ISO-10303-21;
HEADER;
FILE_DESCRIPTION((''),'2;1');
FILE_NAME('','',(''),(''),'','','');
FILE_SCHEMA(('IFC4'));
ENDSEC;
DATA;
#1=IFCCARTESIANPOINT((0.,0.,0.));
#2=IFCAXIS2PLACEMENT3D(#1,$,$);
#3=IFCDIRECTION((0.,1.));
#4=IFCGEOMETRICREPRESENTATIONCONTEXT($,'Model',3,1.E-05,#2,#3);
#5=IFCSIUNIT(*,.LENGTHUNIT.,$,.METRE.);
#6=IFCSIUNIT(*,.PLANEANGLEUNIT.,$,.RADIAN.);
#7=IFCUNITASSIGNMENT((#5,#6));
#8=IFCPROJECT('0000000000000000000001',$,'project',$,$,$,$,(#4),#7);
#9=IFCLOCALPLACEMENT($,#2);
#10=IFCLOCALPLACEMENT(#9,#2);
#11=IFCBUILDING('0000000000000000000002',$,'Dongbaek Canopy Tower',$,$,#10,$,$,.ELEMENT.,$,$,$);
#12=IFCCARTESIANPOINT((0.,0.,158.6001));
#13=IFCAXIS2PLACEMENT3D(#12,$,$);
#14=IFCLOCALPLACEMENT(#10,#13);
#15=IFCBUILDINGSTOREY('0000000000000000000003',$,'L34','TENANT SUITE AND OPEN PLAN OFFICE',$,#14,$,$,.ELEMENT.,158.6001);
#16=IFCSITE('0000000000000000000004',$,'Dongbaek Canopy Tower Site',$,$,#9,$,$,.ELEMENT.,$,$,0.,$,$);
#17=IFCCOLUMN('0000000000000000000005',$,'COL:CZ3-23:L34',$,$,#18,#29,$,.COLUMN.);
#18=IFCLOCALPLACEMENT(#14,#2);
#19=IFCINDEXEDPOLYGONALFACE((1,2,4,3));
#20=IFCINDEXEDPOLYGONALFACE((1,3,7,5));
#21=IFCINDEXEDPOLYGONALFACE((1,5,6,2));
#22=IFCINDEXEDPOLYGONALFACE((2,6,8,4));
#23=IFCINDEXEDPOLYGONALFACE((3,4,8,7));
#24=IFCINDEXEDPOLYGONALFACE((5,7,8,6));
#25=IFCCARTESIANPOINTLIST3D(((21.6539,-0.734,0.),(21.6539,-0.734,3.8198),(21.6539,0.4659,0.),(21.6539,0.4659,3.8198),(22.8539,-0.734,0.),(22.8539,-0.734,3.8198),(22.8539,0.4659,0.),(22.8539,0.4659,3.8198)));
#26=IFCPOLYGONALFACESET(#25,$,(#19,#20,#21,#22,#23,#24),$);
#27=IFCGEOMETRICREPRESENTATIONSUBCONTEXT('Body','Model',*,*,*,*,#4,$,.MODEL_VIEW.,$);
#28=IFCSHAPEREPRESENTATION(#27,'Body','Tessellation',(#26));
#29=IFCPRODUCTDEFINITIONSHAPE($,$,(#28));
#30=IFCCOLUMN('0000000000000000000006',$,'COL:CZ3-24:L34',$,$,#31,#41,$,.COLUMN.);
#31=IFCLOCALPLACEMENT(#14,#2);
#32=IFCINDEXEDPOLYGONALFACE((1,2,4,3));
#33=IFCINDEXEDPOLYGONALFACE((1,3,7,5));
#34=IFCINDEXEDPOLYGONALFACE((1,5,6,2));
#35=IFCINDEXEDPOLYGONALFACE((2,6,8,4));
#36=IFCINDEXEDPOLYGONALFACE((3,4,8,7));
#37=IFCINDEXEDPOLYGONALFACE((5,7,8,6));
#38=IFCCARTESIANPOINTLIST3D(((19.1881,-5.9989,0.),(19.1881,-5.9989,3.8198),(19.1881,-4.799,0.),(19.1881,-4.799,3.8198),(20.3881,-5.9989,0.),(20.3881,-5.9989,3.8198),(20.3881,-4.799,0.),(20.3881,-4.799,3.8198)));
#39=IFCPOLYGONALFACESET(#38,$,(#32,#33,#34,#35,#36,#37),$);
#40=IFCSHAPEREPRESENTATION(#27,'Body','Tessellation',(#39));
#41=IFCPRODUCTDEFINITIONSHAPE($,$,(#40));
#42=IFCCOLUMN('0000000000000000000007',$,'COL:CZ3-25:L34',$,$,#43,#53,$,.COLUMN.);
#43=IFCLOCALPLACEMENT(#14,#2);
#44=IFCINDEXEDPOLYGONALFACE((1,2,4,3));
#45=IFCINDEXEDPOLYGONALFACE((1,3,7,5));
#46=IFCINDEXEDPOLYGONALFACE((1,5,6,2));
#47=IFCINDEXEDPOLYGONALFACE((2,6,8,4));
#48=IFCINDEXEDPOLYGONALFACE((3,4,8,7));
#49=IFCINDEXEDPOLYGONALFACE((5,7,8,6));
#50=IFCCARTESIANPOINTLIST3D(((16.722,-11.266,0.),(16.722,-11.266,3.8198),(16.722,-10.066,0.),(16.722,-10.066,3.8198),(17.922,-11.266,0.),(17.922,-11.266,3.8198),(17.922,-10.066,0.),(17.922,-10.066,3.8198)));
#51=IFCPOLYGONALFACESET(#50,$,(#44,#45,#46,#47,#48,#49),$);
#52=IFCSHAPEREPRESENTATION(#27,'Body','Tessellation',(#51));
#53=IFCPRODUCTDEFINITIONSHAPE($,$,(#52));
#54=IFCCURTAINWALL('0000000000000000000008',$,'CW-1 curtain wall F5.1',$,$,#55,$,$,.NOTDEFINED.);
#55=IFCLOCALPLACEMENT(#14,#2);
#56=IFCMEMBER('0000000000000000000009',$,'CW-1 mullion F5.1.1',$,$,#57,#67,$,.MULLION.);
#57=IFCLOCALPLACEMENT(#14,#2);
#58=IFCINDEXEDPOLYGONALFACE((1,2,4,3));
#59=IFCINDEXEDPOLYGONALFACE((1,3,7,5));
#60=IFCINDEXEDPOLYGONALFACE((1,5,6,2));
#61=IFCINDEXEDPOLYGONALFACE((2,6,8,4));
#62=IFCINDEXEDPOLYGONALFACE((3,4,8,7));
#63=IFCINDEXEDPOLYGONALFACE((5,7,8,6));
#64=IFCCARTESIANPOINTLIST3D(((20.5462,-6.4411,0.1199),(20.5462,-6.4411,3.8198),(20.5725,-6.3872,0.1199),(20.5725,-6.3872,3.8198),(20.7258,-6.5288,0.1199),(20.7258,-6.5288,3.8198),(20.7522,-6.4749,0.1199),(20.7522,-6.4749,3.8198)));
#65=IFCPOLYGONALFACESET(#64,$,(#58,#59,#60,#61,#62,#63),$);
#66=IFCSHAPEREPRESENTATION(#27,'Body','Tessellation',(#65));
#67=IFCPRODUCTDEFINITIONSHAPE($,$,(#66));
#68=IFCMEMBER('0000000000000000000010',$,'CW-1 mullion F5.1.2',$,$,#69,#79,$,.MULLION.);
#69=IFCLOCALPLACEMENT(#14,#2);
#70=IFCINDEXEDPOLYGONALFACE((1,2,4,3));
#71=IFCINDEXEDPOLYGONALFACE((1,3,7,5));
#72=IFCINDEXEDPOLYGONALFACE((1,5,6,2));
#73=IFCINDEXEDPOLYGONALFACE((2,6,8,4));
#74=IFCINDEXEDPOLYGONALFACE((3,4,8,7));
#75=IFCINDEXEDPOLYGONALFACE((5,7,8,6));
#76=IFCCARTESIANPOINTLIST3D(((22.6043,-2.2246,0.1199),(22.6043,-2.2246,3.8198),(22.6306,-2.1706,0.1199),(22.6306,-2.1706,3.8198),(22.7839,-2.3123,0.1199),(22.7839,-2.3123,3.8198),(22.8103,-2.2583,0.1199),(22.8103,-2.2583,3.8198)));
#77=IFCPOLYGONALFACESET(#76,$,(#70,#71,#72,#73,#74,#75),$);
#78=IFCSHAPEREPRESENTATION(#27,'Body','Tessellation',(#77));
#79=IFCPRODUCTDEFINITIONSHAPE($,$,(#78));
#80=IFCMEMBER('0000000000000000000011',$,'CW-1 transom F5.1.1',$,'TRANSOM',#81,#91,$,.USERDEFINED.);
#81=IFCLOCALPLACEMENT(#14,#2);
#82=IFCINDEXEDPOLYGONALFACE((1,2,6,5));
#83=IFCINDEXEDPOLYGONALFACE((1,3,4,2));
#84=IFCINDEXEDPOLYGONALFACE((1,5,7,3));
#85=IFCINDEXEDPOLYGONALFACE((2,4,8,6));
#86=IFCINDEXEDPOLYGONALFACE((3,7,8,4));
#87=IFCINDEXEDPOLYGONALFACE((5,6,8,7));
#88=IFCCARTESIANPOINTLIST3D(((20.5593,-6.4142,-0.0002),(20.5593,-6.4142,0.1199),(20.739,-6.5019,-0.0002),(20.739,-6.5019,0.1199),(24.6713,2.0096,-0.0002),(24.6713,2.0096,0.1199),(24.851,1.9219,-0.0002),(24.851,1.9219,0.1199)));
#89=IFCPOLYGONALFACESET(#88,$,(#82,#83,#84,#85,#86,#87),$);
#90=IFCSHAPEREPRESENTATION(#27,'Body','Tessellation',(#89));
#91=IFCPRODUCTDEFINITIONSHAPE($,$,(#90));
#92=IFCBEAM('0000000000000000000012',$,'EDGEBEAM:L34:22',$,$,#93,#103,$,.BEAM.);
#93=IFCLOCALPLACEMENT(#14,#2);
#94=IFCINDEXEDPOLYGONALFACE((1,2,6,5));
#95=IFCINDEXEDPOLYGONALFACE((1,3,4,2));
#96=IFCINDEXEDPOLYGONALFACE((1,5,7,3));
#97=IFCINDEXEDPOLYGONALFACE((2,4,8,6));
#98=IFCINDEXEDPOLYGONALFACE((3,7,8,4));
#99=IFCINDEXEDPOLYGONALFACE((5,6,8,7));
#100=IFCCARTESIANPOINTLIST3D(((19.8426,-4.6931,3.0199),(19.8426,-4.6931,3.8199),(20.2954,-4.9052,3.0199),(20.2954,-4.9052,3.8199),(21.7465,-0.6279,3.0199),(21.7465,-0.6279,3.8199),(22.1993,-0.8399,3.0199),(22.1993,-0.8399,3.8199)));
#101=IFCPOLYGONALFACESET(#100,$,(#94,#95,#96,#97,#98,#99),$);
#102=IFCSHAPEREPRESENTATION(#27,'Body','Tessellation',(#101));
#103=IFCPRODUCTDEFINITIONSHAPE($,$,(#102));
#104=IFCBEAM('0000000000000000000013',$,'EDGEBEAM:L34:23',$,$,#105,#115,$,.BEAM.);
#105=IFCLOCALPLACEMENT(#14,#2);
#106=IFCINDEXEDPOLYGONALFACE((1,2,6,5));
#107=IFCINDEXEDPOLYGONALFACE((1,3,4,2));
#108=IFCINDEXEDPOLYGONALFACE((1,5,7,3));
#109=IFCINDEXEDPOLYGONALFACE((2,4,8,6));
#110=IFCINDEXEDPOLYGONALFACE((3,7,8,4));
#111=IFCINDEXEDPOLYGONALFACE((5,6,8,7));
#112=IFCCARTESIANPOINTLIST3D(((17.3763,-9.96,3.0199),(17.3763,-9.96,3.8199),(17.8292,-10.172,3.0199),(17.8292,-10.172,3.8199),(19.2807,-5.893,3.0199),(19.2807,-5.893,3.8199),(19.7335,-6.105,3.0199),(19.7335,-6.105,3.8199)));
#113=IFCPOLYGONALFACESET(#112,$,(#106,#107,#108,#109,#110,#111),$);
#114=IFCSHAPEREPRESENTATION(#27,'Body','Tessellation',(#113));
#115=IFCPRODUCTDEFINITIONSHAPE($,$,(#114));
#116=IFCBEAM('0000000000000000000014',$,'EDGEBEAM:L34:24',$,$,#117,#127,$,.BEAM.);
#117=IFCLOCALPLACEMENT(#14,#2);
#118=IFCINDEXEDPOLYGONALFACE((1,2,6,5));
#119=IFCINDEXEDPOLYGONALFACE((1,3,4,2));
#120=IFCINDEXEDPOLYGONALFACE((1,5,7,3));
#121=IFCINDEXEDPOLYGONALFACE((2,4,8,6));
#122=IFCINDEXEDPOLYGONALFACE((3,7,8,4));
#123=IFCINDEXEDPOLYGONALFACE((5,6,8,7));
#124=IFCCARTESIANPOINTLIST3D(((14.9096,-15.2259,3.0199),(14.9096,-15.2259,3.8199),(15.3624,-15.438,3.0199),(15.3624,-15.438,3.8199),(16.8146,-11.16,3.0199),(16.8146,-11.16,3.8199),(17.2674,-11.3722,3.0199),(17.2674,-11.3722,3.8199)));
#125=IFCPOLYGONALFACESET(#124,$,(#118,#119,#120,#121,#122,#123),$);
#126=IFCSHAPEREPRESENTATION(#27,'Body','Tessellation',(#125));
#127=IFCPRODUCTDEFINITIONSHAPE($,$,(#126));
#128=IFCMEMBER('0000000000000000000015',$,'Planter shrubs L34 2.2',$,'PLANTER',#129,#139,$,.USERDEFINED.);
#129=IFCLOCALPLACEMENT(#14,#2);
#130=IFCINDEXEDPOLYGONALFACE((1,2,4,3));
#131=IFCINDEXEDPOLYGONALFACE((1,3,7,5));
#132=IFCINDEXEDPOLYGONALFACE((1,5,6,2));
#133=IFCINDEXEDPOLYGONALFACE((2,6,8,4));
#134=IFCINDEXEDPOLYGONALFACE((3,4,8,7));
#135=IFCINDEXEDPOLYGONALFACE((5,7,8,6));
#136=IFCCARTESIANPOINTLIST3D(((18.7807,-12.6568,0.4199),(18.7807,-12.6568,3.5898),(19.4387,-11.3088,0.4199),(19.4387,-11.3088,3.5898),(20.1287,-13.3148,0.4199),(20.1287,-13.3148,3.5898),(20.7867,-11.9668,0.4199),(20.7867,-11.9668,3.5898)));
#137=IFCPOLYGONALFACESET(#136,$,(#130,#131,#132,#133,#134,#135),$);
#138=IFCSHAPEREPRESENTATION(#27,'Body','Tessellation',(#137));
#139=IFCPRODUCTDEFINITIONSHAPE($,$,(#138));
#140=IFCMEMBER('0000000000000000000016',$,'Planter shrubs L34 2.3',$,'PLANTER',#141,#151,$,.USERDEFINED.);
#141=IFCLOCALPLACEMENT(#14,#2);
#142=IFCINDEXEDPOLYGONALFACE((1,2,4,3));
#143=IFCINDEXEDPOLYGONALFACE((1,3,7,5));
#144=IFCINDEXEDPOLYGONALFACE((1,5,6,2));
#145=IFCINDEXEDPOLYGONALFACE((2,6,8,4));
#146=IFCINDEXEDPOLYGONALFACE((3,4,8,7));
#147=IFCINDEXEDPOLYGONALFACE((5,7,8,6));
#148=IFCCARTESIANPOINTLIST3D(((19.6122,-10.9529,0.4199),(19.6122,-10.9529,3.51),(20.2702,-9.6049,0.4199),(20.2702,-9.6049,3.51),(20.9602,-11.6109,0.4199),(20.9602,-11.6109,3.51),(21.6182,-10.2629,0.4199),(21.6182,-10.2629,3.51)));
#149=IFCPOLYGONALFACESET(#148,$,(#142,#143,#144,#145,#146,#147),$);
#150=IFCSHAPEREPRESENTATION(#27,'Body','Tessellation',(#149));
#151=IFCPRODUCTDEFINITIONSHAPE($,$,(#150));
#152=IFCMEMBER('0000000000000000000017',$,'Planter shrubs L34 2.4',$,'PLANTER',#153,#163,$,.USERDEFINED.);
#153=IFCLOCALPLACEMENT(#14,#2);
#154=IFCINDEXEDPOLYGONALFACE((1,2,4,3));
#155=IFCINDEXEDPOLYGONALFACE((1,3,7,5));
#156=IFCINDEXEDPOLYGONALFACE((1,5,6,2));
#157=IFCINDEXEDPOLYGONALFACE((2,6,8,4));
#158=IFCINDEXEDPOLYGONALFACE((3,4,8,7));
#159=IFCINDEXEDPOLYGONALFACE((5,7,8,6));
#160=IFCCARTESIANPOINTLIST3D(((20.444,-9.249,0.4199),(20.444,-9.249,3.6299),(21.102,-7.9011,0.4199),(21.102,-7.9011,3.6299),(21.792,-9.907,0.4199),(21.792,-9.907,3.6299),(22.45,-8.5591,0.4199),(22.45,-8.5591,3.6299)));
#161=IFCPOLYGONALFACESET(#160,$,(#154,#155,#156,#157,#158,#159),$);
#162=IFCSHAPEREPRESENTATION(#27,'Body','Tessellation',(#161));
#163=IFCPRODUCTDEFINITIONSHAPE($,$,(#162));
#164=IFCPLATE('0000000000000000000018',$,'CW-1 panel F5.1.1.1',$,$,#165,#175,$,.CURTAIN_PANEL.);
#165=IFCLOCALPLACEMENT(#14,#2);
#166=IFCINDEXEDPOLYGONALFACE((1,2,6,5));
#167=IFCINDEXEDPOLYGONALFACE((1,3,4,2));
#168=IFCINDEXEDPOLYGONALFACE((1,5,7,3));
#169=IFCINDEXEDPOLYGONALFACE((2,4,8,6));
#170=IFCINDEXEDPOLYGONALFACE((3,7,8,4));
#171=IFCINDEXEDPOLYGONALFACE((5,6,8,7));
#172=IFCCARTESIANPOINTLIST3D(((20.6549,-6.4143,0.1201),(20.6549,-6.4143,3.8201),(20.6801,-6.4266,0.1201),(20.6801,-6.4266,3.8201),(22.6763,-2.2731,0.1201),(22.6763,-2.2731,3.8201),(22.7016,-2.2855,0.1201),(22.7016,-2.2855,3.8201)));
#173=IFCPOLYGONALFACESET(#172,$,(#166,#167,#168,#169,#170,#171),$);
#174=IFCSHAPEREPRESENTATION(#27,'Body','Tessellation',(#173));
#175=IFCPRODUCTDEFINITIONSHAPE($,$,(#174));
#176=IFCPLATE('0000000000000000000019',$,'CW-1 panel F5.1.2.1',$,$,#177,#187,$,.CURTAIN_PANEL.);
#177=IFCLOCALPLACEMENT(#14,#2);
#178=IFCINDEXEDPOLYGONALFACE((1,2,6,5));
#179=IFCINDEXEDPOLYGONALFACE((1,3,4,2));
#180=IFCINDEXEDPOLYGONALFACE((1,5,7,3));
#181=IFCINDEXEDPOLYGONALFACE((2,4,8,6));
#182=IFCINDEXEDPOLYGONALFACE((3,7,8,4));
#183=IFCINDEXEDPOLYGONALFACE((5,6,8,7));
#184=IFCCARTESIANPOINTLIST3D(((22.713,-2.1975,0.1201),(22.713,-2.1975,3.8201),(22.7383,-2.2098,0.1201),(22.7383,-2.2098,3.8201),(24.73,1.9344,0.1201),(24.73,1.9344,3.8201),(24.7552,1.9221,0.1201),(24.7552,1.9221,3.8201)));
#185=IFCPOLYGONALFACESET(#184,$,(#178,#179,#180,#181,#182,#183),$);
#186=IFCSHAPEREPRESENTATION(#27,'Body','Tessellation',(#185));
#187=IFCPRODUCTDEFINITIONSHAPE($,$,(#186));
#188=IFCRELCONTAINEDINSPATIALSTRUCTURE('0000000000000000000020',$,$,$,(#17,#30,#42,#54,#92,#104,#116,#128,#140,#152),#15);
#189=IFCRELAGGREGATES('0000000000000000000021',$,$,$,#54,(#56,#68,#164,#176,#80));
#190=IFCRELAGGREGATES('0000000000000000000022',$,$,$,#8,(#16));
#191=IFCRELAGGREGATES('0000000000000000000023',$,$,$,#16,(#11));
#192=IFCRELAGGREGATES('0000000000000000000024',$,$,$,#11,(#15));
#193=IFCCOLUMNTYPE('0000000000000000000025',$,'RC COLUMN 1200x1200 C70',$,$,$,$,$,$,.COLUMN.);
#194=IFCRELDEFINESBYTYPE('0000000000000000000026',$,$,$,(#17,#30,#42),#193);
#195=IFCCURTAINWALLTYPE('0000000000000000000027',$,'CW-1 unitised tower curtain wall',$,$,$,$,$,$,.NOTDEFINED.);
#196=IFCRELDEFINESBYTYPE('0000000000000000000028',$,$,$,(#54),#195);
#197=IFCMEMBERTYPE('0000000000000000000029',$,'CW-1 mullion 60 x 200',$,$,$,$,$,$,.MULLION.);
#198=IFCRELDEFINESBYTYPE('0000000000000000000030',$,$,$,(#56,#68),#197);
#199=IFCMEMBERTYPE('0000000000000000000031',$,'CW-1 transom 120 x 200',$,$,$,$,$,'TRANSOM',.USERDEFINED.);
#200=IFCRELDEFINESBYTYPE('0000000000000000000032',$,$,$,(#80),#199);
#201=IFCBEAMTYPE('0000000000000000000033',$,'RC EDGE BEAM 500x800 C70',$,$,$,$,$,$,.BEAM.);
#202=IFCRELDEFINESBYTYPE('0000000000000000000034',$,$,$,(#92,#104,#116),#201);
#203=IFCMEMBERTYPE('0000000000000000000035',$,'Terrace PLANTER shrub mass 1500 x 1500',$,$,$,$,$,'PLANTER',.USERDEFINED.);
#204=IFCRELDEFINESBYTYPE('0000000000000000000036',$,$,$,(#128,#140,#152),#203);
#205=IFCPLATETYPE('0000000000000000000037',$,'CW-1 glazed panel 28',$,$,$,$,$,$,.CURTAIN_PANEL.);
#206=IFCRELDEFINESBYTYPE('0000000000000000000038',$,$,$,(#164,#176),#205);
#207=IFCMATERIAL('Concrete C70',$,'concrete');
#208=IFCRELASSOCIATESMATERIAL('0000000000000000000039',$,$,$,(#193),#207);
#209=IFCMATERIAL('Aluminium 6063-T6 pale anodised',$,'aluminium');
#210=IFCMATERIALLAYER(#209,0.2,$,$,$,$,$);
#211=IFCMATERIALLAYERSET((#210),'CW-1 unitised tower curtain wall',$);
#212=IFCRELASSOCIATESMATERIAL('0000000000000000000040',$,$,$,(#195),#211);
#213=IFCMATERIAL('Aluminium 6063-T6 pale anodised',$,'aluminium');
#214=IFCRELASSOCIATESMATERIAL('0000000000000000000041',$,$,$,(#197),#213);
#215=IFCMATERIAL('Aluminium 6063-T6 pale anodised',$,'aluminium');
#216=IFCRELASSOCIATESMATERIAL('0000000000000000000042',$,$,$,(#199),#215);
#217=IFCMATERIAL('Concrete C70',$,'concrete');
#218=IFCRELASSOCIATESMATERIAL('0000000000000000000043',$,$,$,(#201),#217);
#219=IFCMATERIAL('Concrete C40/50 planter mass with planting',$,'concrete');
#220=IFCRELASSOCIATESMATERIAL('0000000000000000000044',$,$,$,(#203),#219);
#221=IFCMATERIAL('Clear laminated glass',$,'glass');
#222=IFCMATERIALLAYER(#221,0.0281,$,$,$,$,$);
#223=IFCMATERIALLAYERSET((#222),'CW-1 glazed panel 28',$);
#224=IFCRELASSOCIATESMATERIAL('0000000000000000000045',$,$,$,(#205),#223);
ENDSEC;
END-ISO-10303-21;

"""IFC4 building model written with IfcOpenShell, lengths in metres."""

from ifc_helpers import new_model, si_unit, direction, frame, origin, origin_2d, place, context, subcontext, project, spatial, rectangle, extrude, material, layer, layer_set, material_profile, profile_set, type_object, element, aggregate, save


model = new_model("IFC4")

# Units and contexts
model_context = context("Model", 3, precision=1e-05, world=origin(), true_north=direction((0.0, 1.0)))
body_context = subcontext(model_context, "Body", "Model", "MODEL_VIEW")
ifc_project = project(units=[si_unit("LENGTHUNIT", "METRE"), si_unit("PLANEANGLEUNIT", "RADIAN")], contexts=[model_context])

# Site, building, storey
site_placement = place(None, origin())
site = spatial("IfcSite", under=ifc_project, at=site_placement, Name="Dongbaek Canopy Tower Site", CompositionType="ELEMENT", RefElevation=0.0)
building_placement = place(site_placement, origin())
building = spatial("IfcBuilding", under=site, at=building_placement, Name="Dongbaek Canopy Tower", CompositionType="ELEMENT")
storey_placement = place(building_placement, frame((0.0, 0.0, 158.6001)))
storey = spatial("IfcBuildingStorey", under=building, at=storey_placement, Name="L34", Description="TENANT SUITE AND OPEN PLAN OFFICE", CompositionType="ELEMENT", Elevation=158.6001)

# Columns
ifc_material_1 = material(Name="Concrete C70", Category="concrete")
ifc_material_profile_1 = material_profile(ifc_material_1, rectangle(XDim=1.2, YDim=1.2, at=origin_2d()), Name="RC COLUMN 1200x1200 C70")
ifc_profile_set_1 = profile_set([ifc_material_profile_1], Name="Concrete C70")
column_type = type_object("IfcColumnType", Name="RC COLUMN 1200x1200 C70", PredefinedType="COLUMN", material=ifc_profile_set_1)
for number, where, z_axis, x_axis, name in (
    (1, (22.2539, -0.134, 0.0), (0.0, 0.0, 1.0), (1.0, 0.0, 0.0), "COL:CZ3-23:L34"),
    (2, (19.7881, -5.3989, 0.0), (0.0, 0.0, 1.0), (1.0, 0.0, 0.0), "COL:CZ3-24:L34"),
    (3, (17.322, -10.666, 0.0), (0.0, 0.0, 1.0), (1.0, 0.0, 0.0), "COL:CZ3-25:L34"),
):
    element("IfcColumn", number, at=place(storey_placement, frame(where, z_axis=z_axis, x_axis=x_axis)), inside=storey, type_object=column_type, Name=name, PredefinedType="COLUMN", context=body_context, shape_type="SweptSolid", body=[
        extrude(rectangle(XDim=1.2, YDim=1.2, at=origin_2d()), origin(), (0.0, 0.0, 1.0), 3.8198),
    ])

# Curtain wall, members
ifc_material_2 = material(Name="Aluminium 6063-T6 pale anodised", Category="aluminium")
ifc_layer_1 = layer(ifc_material_2, 0.2)
ifc_layer_set_1 = layer_set([ifc_layer_1], Name="CW-1 unitised tower curtain wall")
curtain_wall_type = type_object("IfcCurtainWallType", Name="CW-1 unitised tower curtain wall", PredefinedType="NOTDEFINED", material=ifc_layer_set_1)
curtain_wall_placement = place(storey_placement, origin())
curtain_wall = element("IfcCurtainWall", 4, at=curtain_wall_placement, inside=storey, type_object=curtain_wall_type, Name="CW-1 curtain wall F5.1", PredefinedType="NOTDEFINED")
ifc_material_3 = material(Name="Aluminium 6063-T6 pale anodised", Category="aluminium")
ifc_material_profile_2 = material_profile(ifc_material_3, rectangle(XDim=0.2, YDim=0.0601, at=origin_2d()), Name="CW-1 mullion 60 x 200")
ifc_profile_set_2 = profile_set([ifc_material_profile_2], Name="Aluminium 6063-T6 pale anodised")
member_type_1 = type_object("IfcMemberType", Name="CW-1 mullion 60 x 200", PredefinedType="MULLION", material=ifc_profile_set_2)
member_1_placement = place(storey_placement, frame((20.6492, -6.458, 0.1199), z_axis=(0.0, 0.0, 1.0), x_axis=(0.898651, -0.438665, 0.0)))
member_1 = element("IfcMember", 5, at=member_1_placement, type_object=member_type_1, Name="CW-1 mullion F5.1.1", PredefinedType="MULLION", context=body_context, shape_type="SweptSolid", body=[
    extrude(rectangle(XDim=0.2, YDim=0.0601, at=origin_2d()), origin(), (0.0, 0.0, 1.0), 3.7),
])
member_2_placement = place(storey_placement, frame((22.7073, -2.2415, 0.1199), z_axis=(0.0, 0.0, 1.0), x_axis=(0.898651, -0.438665, 0.0)))
member_2 = element("IfcMember", 6, at=member_2_placement, type_object=member_type_1, Name="CW-1 mullion F5.1.2", PredefinedType="MULLION", context=body_context, shape_type="SweptSolid", body=[
    extrude(rectangle(XDim=0.2, YDim=0.0601, at=origin_2d()), origin(), (0.0, 0.0, 1.0), 3.7),
])
ifc_material_4 = material(Name="Aluminium 6063-T6 pale anodised", Category="aluminium")
ifc_material_profile_3 = material_profile(ifc_material_4, rectangle(XDim=0.2, YDim=0.1201, at=origin_2d()), Name="CW-1 transom 120 x 200")
ifc_profile_set_3 = profile_set([ifc_material_profile_3], Name="Aluminium 6063-T6 pale anodised")
member_type_2 = type_object("IfcMemberType", Name="CW-1 transom 120 x 200", ElementType="TRANSOM", PredefinedType="USERDEFINED", material=ifc_profile_set_3)
member_3_placement = place(storey_placement, frame((20.6492, -6.458, 0.0598), z_axis=(0.438671, 0.898648, 0.0), x_axis=(-0.898648, 0.438671, 0.0)))
member_3 = element("IfcMember", 7, at=member_3_placement, type_object=member_type_2, Name="CW-1 transom F5.1.1", ObjectType="TRANSOM", PredefinedType="USERDEFINED", context=body_context, shape_type="SweptSolid", body=[
    extrude(rectangle(XDim=0.2, YDim=0.1201, at=origin_2d()), origin(), (0.0, 0.0, 1.0), 9.3738),
])

# Beams
ifc_material_5 = material(Name="Concrete C70", Category="concrete")
ifc_material_profile_4 = material_profile(ifc_material_5, rectangle(XDim=0.5, YDim=0.8, at=origin_2d()), Name="RC EDGE BEAM 500x800 C70")
ifc_profile_set_4 = profile_set([ifc_material_profile_4], Name="Concrete C70")
beam_type = type_object("IfcBeamType", Name="RC EDGE BEAM 500x800 C70", PredefinedType="BEAM", material=ifc_profile_set_4)
beam_1_placement = place(storey_placement, frame((21.9729, -0.7339, 3.4199), z_axis=(-0.424115, -0.905608, 0.0), x_axis=(0.905608, -0.424115, 0.0)))
element("IfcBeam", 8, at=beam_1_placement, inside=storey, type_object=beam_type, Name="EDGEBEAM:L34:22", PredefinedType="BEAM", context=body_context, shape_type="SweptSolid", body=[
    extrude(rectangle(XDim=0.5, YDim=0.8, at=origin_2d()), origin(), (0.0, 0.0, 1.0), 4.489),
])
beam_2_placement = place(storey_placement, frame((19.5071, -5.999, 3.4199), z_axis=(-0.424058, -0.905635, 0.0), x_axis=(0.905635, -0.424058, 0.0)))
element("IfcBeam", 9, at=beam_2_placement, inside=storey, type_object=beam_type, Name="EDGEBEAM:L34:23", PredefinedType="BEAM", context=body_context, shape_type="SweptSolid", body=[
    extrude(rectangle(XDim=0.5, YDim=0.8, at=origin_2d()), origin(), (0.0, 0.0, 1.0), 4.4907),
])
beam_3_placement = place(storey_placement, frame((17.041, -11.2661, 3.4199), z_axis=(-0.424275, -0.905533, 0.0), x_axis=(0.905533, -0.424275, 0.0)))
element("IfcBeam", 10, at=beam_3_placement, inside=storey, type_object=beam_type, Name="EDGEBEAM:L34:24", PredefinedType="BEAM", context=body_context, shape_type="SweptSolid", body=[
    extrude(rectangle(XDim=0.5, YDim=0.8, at=origin_2d()), origin(), (0.0, 0.0, 1.0), 4.49),
])

# Members
ifc_material_6 = material(Name="Concrete C40/50 planter mass with planting", Category="concrete")
ifc_material_profile_5 = material_profile(ifc_material_6, rectangle(XDim=1.5, YDim=1.5, at=origin_2d()), Name="Terrace PLANTER shrub mass 1500 x 1500")
ifc_profile_set_5 = profile_set([ifc_material_profile_5], Name="Concrete C40/50 planter mass with planting")
member_type_3 = type_object("IfcMemberType", Name="Terrace PLANTER shrub mass 1500 x 1500", ElementType="PLANTER", PredefinedType="USERDEFINED", material=ifc_profile_set_5)
member_4_placement = place(storey_placement, frame((19.7837, -12.3118, 0.4199), z_axis=(0.0, 0.0, 1.0), x_axis=(0.898651, -0.438665, 0.0)))
element("IfcMember", 11, at=member_4_placement, inside=storey, type_object=member_type_3, Name="Planter shrubs L34 2.2", ObjectType="PLANTER", PredefinedType="USERDEFINED", context=body_context, shape_type="SweptSolid", body=[
    extrude(rectangle(XDim=1.5, YDim=1.5, at=origin_2d()), origin(), (0.0, 0.0, 1.0), 3.1699),
])
member_5_placement = place(storey_placement, frame((20.6152, -10.6079, 0.4199), z_axis=(0.0, 0.0, 1.0), x_axis=(0.898651, -0.438665, 0.0)))
element("IfcMember", 12, at=member_5_placement, inside=storey, type_object=member_type_3, Name="Planter shrubs L34 2.3", ObjectType="PLANTER", PredefinedType="USERDEFINED", context=body_context, shape_type="SweptSolid", body=[
    extrude(rectangle(XDim=1.5, YDim=1.5, at=origin_2d()), origin(), (0.0, 0.0, 1.0), 3.0901),
])
member_6_placement = place(storey_placement, frame((21.447, -8.9041, 0.4199), z_axis=(0.0, 0.0, 1.0), x_axis=(0.898651, -0.438665, 0.0)))
element("IfcMember", 13, at=member_6_placement, inside=storey, type_object=member_type_3, Name="Planter shrubs L34 2.4", ObjectType="PLANTER", PredefinedType="USERDEFINED", context=body_context, shape_type="SweptSolid", body=[
    extrude(rectangle(XDim=1.5, YDim=1.5, at=origin_2d()), origin(), (0.0, 0.0, 1.0), 3.21),
])

# Plates
ifc_material_7 = material(Name="Clear laminated glass", Category="glass")
ifc_layer_2 = layer(ifc_material_7, 0.0281)
ifc_layer_set_2 = layer_set([ifc_layer_2], Name="CW-1 glazed panel 28")
plate_type = type_object("IfcPlateType", Name="CW-1 glazed panel 28", PredefinedType="CURTAIN_PANEL", material=ifc_layer_set_2)
plate_1_placement = place(storey_placement, frame((21.6782, -4.3499, 0.1201), z_axis=(0.0, 0.0, 1.0), x_axis=(0.438665, 0.898651, 0.0)))
plate_1 = element("IfcPlate", 14, at=plate_1_placement, type_object=plate_type, Name="CW-1 panel F5.1.1.1", PredefinedType="CURTAIN_PANEL", context=body_context, shape_type="SweptSolid", body=[
    extrude(rectangle(XDim=4.6082, YDim=0.0281, at=origin_2d()), origin(), (0.0, 0.0, 1.0), 3.7),
])
plate_2_placement = place(storey_placement, frame((23.7341, -0.1377, 0.1201), z_axis=(0.0, 0.0, 1.0), x_axis=(0.438665, 0.898651, 0.0)))
plate_2 = element("IfcPlate", 15, at=plate_2_placement, type_object=plate_type, Name="CW-1 panel F5.1.2.1", PredefinedType="CURTAIN_PANEL", context=body_context, shape_type="SweptSolid", body=[
    extrude(rectangle(XDim=4.5979, YDim=0.0281, at=origin_2d()), origin(), (0.0, 0.0, 1.0), 3.7),
])

aggregate(curtain_wall, [member_1, member_2, plate_1, plate_2, member_3])

save(model, "model.ifc")
